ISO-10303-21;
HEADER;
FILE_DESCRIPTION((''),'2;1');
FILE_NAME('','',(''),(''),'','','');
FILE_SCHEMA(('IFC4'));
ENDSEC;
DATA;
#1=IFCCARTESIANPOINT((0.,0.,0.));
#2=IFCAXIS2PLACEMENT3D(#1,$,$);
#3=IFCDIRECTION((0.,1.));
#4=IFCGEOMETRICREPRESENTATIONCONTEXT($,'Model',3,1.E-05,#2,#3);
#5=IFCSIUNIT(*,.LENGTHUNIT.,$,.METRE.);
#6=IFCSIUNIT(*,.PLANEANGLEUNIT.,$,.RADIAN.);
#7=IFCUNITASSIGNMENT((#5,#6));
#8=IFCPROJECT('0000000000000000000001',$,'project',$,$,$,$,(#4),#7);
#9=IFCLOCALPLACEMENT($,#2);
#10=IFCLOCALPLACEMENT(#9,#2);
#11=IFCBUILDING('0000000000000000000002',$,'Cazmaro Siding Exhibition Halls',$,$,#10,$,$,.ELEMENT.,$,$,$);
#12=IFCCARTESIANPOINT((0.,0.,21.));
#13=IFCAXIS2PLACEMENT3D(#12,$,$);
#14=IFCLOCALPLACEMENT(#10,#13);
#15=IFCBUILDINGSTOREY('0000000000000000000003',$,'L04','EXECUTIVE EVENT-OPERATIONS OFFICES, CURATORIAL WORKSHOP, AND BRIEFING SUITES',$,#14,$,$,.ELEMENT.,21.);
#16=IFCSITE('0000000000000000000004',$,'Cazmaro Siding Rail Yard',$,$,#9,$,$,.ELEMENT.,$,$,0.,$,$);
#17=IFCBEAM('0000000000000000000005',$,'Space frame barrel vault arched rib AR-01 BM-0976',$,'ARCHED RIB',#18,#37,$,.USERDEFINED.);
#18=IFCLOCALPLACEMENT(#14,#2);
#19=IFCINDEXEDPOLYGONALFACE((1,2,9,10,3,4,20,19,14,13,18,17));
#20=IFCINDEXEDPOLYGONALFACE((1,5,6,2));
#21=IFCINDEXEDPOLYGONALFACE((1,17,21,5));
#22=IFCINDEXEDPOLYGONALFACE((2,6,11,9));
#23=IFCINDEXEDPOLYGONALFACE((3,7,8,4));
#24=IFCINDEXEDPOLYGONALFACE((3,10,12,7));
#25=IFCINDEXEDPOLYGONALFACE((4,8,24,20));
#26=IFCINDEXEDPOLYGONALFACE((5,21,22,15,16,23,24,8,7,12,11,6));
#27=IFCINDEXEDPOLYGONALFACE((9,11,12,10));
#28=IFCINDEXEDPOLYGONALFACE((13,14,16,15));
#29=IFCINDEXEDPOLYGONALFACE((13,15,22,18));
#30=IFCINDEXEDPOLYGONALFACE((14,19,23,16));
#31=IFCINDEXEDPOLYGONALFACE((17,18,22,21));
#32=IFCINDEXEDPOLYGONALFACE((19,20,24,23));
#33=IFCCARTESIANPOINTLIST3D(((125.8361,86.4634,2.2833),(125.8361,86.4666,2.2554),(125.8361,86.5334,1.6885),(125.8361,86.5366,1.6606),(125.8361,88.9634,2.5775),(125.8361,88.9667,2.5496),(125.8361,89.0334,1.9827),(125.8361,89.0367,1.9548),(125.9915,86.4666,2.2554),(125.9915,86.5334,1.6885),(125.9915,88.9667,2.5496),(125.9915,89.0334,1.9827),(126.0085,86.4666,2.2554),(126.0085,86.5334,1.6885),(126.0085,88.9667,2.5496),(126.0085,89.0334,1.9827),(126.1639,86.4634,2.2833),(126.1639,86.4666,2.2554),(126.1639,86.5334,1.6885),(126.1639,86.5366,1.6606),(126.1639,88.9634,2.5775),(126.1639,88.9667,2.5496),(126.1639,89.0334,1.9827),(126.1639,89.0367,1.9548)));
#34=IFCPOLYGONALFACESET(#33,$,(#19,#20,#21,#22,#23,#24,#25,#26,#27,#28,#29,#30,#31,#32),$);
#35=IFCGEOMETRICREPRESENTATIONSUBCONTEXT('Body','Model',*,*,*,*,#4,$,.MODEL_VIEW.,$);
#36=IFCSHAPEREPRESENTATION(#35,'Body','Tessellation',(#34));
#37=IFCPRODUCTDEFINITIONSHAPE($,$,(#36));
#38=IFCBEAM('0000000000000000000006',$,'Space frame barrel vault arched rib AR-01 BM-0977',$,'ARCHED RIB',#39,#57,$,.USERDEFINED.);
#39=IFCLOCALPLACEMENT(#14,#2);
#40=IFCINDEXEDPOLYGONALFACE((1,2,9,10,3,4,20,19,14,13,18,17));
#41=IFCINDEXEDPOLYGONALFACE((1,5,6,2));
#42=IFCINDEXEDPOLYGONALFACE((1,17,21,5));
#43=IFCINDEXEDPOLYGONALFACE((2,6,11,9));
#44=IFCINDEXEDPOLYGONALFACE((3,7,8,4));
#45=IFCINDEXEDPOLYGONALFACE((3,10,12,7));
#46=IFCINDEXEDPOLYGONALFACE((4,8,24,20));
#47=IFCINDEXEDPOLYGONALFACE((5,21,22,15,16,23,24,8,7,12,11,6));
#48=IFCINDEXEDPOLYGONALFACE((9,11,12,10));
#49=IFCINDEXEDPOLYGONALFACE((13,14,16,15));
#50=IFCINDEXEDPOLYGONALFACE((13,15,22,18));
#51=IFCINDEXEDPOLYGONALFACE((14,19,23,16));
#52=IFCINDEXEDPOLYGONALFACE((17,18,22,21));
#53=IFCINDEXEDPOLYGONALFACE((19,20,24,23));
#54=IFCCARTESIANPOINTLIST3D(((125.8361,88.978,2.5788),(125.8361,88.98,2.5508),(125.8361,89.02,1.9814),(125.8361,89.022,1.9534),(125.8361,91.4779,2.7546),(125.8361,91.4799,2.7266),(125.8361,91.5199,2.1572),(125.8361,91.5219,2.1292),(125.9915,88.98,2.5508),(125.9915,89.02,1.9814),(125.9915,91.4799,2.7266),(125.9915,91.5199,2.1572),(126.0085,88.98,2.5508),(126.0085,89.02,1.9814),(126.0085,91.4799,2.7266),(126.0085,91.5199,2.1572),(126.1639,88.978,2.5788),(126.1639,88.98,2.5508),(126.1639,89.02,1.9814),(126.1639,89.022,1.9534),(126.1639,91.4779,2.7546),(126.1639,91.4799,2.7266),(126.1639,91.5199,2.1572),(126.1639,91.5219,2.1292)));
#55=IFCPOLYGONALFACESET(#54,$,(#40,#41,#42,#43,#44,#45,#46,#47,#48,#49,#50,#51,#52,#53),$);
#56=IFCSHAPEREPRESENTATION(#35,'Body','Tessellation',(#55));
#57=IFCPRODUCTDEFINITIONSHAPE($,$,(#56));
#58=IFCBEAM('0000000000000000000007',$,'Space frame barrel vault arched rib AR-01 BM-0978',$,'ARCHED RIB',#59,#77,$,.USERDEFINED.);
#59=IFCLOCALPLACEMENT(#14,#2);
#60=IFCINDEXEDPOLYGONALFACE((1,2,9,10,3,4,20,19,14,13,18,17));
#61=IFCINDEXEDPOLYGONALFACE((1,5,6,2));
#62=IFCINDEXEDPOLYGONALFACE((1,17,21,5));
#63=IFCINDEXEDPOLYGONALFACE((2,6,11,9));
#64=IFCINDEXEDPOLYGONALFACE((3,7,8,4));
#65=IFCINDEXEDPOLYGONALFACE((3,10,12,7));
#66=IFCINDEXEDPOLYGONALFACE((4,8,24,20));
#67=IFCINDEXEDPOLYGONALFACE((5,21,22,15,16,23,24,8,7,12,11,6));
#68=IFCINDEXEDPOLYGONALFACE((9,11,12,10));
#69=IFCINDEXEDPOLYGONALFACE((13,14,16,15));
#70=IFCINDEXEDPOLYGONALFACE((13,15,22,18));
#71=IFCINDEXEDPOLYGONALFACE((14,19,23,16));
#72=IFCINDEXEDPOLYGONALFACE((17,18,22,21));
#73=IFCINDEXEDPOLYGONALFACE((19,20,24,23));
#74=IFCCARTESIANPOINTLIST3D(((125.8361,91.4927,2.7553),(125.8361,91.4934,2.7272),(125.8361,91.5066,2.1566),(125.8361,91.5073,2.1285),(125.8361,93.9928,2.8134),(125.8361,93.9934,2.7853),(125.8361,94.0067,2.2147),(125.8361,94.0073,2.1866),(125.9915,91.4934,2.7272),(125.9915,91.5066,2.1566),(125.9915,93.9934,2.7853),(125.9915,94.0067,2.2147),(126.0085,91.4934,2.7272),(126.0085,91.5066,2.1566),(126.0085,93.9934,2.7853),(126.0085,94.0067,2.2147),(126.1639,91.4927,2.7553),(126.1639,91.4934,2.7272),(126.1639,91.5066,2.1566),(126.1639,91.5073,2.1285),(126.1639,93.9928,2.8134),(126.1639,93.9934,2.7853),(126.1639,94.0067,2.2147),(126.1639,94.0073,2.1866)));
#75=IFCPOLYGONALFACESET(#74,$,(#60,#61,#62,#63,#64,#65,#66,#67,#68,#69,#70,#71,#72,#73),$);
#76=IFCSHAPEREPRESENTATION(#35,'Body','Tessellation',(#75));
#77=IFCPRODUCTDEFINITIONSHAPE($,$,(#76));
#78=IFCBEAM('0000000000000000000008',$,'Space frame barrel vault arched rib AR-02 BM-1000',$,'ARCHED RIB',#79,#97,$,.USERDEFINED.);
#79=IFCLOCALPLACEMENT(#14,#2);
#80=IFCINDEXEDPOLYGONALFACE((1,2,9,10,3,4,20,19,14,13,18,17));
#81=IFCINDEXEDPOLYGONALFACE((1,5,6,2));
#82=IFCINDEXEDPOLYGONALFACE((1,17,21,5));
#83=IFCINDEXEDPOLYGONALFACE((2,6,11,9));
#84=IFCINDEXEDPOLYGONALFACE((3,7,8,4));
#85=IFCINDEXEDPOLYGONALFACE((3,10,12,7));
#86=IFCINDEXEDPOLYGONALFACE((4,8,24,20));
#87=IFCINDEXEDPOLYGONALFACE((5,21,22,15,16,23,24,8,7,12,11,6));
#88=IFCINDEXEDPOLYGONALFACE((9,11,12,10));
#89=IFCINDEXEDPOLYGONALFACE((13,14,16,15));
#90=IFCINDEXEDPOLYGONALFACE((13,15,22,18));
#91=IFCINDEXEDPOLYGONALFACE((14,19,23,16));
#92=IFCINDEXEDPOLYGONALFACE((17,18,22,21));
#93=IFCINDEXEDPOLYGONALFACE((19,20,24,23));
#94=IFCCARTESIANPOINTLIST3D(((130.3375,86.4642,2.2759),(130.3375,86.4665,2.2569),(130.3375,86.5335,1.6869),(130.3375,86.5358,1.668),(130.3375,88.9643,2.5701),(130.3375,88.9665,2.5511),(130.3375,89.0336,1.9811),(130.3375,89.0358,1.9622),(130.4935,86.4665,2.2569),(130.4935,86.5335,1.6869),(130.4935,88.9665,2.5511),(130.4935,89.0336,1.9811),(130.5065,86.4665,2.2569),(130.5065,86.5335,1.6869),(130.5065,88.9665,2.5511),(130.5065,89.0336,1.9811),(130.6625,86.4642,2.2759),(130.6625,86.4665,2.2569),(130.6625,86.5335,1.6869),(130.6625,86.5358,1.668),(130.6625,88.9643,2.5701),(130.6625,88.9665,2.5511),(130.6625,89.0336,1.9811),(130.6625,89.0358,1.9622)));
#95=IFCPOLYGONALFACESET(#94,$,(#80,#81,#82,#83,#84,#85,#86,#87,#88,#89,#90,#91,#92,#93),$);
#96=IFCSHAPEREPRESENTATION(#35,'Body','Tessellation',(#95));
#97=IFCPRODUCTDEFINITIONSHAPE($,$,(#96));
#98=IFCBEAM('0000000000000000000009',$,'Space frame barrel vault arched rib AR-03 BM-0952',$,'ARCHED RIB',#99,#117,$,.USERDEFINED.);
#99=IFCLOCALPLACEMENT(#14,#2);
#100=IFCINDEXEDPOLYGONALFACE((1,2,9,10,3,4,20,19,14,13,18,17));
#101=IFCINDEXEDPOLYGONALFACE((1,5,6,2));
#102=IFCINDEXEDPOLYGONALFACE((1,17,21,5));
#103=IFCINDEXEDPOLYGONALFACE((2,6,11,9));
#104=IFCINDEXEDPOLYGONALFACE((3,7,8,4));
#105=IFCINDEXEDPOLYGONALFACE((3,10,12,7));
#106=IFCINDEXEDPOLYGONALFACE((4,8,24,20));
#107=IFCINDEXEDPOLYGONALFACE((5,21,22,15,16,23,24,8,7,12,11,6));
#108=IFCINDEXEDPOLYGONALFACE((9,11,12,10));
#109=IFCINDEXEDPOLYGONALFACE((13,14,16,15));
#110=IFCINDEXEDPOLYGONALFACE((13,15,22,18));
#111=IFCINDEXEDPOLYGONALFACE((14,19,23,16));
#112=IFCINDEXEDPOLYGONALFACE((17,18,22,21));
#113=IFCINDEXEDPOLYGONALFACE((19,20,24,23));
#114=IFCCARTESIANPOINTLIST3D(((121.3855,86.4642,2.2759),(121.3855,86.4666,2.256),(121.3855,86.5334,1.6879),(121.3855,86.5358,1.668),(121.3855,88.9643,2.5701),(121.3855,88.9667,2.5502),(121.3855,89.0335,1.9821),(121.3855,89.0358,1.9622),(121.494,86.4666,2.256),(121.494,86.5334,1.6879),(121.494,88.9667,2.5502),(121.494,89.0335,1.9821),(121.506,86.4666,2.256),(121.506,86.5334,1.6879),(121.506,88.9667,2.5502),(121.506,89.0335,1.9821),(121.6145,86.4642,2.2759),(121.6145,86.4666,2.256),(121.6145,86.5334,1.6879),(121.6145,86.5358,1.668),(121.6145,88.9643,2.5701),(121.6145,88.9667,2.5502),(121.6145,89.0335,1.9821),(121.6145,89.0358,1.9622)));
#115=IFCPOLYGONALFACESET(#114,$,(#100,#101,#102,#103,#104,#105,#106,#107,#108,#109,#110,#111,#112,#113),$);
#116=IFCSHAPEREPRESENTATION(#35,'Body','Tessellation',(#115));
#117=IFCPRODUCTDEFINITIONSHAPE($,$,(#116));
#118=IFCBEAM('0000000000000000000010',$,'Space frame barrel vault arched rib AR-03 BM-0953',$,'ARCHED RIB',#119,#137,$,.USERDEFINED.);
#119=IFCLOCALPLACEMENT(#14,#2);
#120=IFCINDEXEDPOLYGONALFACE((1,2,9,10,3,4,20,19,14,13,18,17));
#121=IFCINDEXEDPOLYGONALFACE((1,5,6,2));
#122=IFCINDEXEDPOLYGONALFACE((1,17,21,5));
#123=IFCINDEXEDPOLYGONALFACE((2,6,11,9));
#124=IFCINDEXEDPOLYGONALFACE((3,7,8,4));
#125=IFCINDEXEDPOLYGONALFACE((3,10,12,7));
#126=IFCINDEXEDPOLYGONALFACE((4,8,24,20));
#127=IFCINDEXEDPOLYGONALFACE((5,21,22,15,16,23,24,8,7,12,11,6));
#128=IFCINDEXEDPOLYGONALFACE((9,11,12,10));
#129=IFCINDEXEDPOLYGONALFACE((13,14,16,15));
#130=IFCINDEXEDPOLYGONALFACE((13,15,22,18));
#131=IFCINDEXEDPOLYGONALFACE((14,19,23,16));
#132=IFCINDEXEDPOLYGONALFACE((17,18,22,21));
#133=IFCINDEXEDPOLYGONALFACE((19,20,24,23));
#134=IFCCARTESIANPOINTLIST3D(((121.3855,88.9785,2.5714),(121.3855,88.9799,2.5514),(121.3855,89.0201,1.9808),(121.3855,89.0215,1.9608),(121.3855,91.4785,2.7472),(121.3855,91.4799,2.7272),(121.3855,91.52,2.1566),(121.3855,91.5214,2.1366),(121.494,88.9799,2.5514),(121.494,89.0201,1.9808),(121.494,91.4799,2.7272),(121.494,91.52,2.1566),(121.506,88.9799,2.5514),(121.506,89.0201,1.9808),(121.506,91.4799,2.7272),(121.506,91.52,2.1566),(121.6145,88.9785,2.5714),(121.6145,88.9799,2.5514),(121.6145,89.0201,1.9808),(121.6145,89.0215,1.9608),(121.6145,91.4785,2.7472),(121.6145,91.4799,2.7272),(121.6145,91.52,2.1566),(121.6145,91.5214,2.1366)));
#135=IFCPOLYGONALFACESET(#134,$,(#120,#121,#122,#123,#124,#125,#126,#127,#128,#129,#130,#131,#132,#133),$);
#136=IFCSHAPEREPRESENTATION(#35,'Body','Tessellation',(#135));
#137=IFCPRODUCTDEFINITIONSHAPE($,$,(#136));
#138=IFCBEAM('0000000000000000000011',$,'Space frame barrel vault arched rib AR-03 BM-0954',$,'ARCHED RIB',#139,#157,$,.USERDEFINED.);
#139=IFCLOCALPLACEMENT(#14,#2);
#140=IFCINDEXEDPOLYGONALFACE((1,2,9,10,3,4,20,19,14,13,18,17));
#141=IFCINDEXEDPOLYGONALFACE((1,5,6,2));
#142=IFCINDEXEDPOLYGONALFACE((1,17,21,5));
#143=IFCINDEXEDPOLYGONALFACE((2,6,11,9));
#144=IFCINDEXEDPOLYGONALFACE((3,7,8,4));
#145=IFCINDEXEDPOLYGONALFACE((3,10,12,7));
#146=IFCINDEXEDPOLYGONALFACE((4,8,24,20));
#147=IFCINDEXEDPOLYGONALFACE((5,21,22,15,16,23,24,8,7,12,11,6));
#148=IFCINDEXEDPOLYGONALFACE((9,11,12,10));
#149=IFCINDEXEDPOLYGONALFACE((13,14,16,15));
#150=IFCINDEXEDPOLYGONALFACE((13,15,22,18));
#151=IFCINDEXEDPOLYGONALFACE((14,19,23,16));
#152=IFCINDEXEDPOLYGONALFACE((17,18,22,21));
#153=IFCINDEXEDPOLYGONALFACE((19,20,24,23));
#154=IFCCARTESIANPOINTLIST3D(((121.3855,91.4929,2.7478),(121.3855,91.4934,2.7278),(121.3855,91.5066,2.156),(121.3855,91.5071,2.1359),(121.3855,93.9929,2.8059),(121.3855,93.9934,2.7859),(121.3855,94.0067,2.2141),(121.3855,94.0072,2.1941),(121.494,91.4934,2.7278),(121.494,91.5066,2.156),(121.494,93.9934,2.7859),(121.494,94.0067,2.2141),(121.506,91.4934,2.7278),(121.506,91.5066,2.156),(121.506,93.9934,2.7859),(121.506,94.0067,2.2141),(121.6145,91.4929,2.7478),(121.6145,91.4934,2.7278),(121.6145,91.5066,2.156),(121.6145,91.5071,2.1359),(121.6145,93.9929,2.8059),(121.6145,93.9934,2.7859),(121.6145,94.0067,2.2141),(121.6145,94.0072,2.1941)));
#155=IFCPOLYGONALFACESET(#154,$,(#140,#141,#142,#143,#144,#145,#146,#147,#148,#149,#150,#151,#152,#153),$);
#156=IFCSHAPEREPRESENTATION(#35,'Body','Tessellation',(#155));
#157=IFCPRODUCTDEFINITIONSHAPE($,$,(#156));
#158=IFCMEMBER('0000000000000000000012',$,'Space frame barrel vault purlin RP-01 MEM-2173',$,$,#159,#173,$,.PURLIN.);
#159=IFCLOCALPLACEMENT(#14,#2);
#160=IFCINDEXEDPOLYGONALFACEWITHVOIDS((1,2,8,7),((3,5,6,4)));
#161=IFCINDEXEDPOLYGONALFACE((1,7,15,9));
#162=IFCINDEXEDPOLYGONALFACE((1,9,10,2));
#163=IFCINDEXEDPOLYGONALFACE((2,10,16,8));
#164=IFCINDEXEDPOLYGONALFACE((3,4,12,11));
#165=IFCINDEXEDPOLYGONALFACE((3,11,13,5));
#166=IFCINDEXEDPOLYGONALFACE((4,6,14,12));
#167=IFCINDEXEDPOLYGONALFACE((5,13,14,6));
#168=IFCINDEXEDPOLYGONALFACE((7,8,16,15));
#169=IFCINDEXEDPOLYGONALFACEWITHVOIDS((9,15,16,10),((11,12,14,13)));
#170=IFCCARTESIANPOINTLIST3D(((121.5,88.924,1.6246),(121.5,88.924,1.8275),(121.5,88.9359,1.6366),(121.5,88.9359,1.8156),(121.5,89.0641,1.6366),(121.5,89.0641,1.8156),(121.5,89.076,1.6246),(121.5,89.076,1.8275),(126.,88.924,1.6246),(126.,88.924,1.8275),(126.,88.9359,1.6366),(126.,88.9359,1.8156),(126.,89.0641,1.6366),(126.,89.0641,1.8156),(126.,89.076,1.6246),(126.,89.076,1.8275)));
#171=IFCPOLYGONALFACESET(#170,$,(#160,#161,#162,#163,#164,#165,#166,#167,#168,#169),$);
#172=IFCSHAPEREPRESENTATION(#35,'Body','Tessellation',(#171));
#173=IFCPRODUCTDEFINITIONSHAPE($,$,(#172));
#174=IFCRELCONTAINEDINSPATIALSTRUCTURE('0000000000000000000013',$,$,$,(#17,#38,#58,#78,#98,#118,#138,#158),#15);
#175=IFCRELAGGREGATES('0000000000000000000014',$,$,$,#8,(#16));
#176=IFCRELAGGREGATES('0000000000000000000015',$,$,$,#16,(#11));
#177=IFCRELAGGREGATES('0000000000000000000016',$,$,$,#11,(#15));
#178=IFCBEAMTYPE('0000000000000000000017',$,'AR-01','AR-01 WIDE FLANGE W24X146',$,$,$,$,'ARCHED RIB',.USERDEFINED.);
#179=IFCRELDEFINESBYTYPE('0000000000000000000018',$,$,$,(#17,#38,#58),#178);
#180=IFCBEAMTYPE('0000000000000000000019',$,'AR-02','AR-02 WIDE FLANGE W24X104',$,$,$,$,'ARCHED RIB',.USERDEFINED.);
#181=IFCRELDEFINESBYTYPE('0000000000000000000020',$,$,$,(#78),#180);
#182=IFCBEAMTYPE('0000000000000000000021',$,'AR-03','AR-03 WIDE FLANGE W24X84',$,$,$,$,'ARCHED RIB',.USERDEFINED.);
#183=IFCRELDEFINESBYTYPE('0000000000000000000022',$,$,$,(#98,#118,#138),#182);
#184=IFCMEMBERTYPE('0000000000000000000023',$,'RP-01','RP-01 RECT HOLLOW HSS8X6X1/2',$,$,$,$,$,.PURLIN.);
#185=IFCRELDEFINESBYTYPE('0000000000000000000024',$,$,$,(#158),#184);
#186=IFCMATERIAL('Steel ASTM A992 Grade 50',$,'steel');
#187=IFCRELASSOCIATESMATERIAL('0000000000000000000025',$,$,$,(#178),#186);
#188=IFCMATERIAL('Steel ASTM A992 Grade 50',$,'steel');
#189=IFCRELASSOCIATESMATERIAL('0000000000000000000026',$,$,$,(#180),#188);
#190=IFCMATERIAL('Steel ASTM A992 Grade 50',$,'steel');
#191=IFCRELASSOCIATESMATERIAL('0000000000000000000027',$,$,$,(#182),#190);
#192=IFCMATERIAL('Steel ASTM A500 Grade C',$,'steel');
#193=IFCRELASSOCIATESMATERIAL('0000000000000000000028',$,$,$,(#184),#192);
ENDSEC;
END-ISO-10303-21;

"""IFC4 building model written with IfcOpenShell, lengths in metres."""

from ifc_helpers import new_model, si_unit, direction, frame, origin, origin_2d, place, context, subcontext, project, spatial, hollow_rectangle, i_section, extrude, material, material_profile, profile_set, type_object, element, save


model = new_model("IFC4")

# Units and contexts
model_context = context("Model", 3, precision=1e-05, world=origin(), true_north=direction((0.0, 1.0)))
body_context = subcontext(model_context, "Body", "Model", "MODEL_VIEW")
ifc_project = project(units=[si_unit("LENGTHUNIT", "METRE"), si_unit("PLANEANGLEUNIT", "RADIAN")], contexts=[model_context])

# Site, building, storey
site_placement = place(None, origin())
site = spatial("IfcSite", under=ifc_project, at=site_placement, Name="Cazmaro Siding Rail Yard", CompositionType="ELEMENT", RefElevation=0.0)
building_placement = place(site_placement, origin())
building = spatial("IfcBuilding", under=site, at=building_placement, Name="Cazmaro Siding Exhibition Halls", CompositionType="ELEMENT")
storey_placement = place(building_placement, frame((0.0, 0.0, 21.0)))
storey = spatial("IfcBuildingStorey", under=building, at=storey_placement, Name="L04", Description="EXECUTIVE EVENT-OPERATIONS OFFICES, CURATORIAL WORKSHOP, AND BRIEFING SUITES", CompositionType="ELEMENT", Elevation=21.0)

# Beams
ifc_material_1 = material(Name="Steel ASTM A992 Grade 50", Category="steel")
ifc_material_profile_1 = material_profile(ifc_material_1, i_section(OverallWidth=0.3279, OverallDepth=0.627, WebThickness=0.0171, FlangeThickness=0.0281, at=origin_2d()), Name="W24X146")
ifc_profile_set_1 = profile_set([ifc_material_profile_1], Name="Steel ASTM A992 Grade 50")
beam_type_1 = type_object("IfcBeamType", Name="AR-01", Description="AR-01 WIDE FLANGE W24X146", ElementType="ARCHED RIB", PredefinedType="USERDEFINED", material=ifc_profile_set_1)
beam_1_placement = place(storey_placement, frame((126.0, 86.5, 1.9719), z_axis=(0.0, 0.993147, 0.116869), x_axis=(-1.0, 0.0, 0.0)))
element("IfcBeam", 1, at=beam_1_placement, inside=storey, type_object=beam_type_1, Name="Space frame barrel vault arched rib AR-01 BM-0976", ObjectType="ARCHED RIB", PredefinedType="USERDEFINED", context=body_context, shape_type="SweptSolid", body=[
    extrude(i_section(OverallWidth=0.3279, OverallDepth=0.627, WebThickness=0.0171, FlangeThickness=0.0281, at=origin_2d()), origin(), (0.0, 0.0, 1.0), 2.5173),
])
beam_2_placement = place(storey_placement, frame((126.0, 89.0, 2.2661), z_axis=(0.0, 0.997537, 0.070139), x_axis=(-1.0, 0.0, 0.0)))
element("IfcBeam", 2, at=beam_2_placement, inside=storey, type_object=beam_type_1, Name="Space frame barrel vault arched rib AR-01 BM-0977", ObjectType="ARCHED RIB", PredefinedType="USERDEFINED", context=body_context, shape_type="SweptSolid", body=[
    extrude(i_section(OverallWidth=0.3279, OverallDepth=0.627, WebThickness=0.0171, FlangeThickness=0.0281, at=origin_2d()), origin(), (0.0, 0.0, 1.0), 2.5061),
])
beam_3_placement = place(storey_placement, frame((126.0, 91.5, 2.4419), z_axis=(0.0, 0.99973, 0.023236), x_axis=(-1.0, 0.0, 0.0)))
element("IfcBeam", 3, at=beam_3_placement, inside=storey, type_object=beam_type_1, Name="Space frame barrel vault arched rib AR-01 BM-0978", ObjectType="ARCHED RIB", PredefinedType="USERDEFINED", context=body_context, shape_type="SweptSolid", body=[
    extrude(i_section(OverallWidth=0.3279, OverallDepth=0.627, WebThickness=0.0171, FlangeThickness=0.0281, at=origin_2d()), origin(), (0.0, 0.0, 1.0), 2.5007),
])
ifc_material_2 = material(Name="Steel ASTM A992 Grade 50", Category="steel")
ifc_material_profile_2 = material_profile(ifc_material_2, i_section(OverallWidth=0.325, OverallDepth=0.6121, WebThickness=0.0129, FlangeThickness=0.019, at=origin_2d()), Name="W24X104")
ifc_profile_set_2 = profile_set([ifc_material_profile_2], Name="Steel ASTM A992 Grade 50")
beam_type_2 = type_object("IfcBeamType", Name="AR-02", Description="AR-02 WIDE FLANGE W24X104", ElementType="ARCHED RIB", PredefinedType="USERDEFINED", material=ifc_profile_set_2)
beam_4_placement = place(storey_placement, frame((130.5, 86.5, 1.9719), z_axis=(0.0, 0.993147, 0.116869), x_axis=(-1.0, 0.0, 0.0)))
element("IfcBeam", 4, at=beam_4_placement, inside=storey, type_object=beam_type_2, Name="Space frame barrel vault arched rib AR-02 BM-1000", ObjectType="ARCHED RIB", PredefinedType="USERDEFINED", context=body_context, shape_type="SweptSolid", body=[
    extrude(i_section(OverallWidth=0.325, OverallDepth=0.6121, WebThickness=0.0129, FlangeThickness=0.019, at=origin_2d()), origin(), (0.0, 0.0, 1.0), 2.5173),
])
ifc_material_3 = material(Name="Steel ASTM A992 Grade 50", Category="steel")
ifc_material_profile_3 = material_profile(ifc_material_3, i_section(OverallWidth=0.229, OverallDepth=0.6121, WebThickness=0.012, FlangeThickness=0.02, at=origin_2d()), Name="W24X84")
ifc_profile_set_3 = profile_set([ifc_material_profile_3], Name="Steel ASTM A992 Grade 50")
beam_type_3 = type_object("IfcBeamType", Name="AR-03", Description="AR-03 WIDE FLANGE W24X84", ElementType="ARCHED RIB", PredefinedType="USERDEFINED", material=ifc_profile_set_3)
beam_5_placement = place(storey_placement, frame((121.5, 86.5, 1.9719), z_axis=(0.0, 0.993147, 0.116869), x_axis=(-1.0, 0.0, 0.0)))
element("IfcBeam", 5, at=beam_5_placement, inside=storey, type_object=beam_type_3, Name="Space frame barrel vault arched rib AR-03 BM-0952", ObjectType="ARCHED RIB", PredefinedType="USERDEFINED", context=body_context, shape_type="SweptSolid", body=[
    extrude(i_section(OverallWidth=0.229, OverallDepth=0.6121, WebThickness=0.012, FlangeThickness=0.02, at=origin_2d()), origin(), (0.0, 0.0, 1.0), 2.5173),
])
beam_6_placement = place(storey_placement, frame((121.5, 89.0, 2.2661), z_axis=(0.0, 0.997537, 0.070139), x_axis=(-1.0, 0.0, 0.0)))
element("IfcBeam", 6, at=beam_6_placement, inside=storey, type_object=beam_type_3, Name="Space frame barrel vault arched rib AR-03 BM-0953", ObjectType="ARCHED RIB", PredefinedType="USERDEFINED", context=body_context, shape_type="SweptSolid", body=[
    extrude(i_section(OverallWidth=0.229, OverallDepth=0.6121, WebThickness=0.012, FlangeThickness=0.02, at=origin_2d()), origin(), (0.0, 0.0, 1.0), 2.5061),
])
beam_7_placement = place(storey_placement, frame((121.5, 91.5, 2.4419), z_axis=(0.0, 0.99973, 0.023236), x_axis=(-1.0, 0.0, 0.0)))
element("IfcBeam", 7, at=beam_7_placement, inside=storey, type_object=beam_type_3, Name="Space frame barrel vault arched rib AR-03 BM-0954", ObjectType="ARCHED RIB", PredefinedType="USERDEFINED", context=body_context, shape_type="SweptSolid", body=[
    extrude(i_section(OverallWidth=0.229, OverallDepth=0.6121, WebThickness=0.012, FlangeThickness=0.02, at=origin_2d()), origin(), (0.0, 0.0, 1.0), 2.5007),
])

# Member
ifc_material_4 = material(Name="Steel ASTM A500 Grade C", Category="steel")
ifc_material_profile_4 = material_profile(ifc_material_4, hollow_rectangle(XDim=0.1521, YDim=0.2029, WallThickness=0.012, at=origin_2d()), Name="HSS8X6X1/2")
ifc_profile_set_4 = profile_set([ifc_material_profile_4], Name="Steel ASTM A500 Grade C")
member_type_1 = type_object("IfcMemberType", Name="RP-01", Description="RP-01 RECT HOLLOW HSS8X6X1/2", PredefinedType="PURLIN", material=ifc_profile_set_4)
for number, where, z_axis, x_axis, name in (
    (8, (121.5, 89.0, 1.7261), (1.0, 0.0, 0.0), (0.0, 1.0, 0.0), "Space frame barrel vault purlin RP-01 MEM-2173"),
):
    element("IfcMember", number, at=place(storey_placement, frame(where, z_axis=z_axis, x_axis=x_axis)), inside=storey, type_object=member_type_1, Name=name, PredefinedType="PURLIN", context=body_context, shape_type="SweptSolid", body=[
        extrude(hollow_rectangle(XDim=0.1521, YDim=0.2029, WallThickness=0.012, at=origin_2d()), origin(), (0.0, 0.0, 1.0), 4.5),
    ])

save(model, "model.ifc")
